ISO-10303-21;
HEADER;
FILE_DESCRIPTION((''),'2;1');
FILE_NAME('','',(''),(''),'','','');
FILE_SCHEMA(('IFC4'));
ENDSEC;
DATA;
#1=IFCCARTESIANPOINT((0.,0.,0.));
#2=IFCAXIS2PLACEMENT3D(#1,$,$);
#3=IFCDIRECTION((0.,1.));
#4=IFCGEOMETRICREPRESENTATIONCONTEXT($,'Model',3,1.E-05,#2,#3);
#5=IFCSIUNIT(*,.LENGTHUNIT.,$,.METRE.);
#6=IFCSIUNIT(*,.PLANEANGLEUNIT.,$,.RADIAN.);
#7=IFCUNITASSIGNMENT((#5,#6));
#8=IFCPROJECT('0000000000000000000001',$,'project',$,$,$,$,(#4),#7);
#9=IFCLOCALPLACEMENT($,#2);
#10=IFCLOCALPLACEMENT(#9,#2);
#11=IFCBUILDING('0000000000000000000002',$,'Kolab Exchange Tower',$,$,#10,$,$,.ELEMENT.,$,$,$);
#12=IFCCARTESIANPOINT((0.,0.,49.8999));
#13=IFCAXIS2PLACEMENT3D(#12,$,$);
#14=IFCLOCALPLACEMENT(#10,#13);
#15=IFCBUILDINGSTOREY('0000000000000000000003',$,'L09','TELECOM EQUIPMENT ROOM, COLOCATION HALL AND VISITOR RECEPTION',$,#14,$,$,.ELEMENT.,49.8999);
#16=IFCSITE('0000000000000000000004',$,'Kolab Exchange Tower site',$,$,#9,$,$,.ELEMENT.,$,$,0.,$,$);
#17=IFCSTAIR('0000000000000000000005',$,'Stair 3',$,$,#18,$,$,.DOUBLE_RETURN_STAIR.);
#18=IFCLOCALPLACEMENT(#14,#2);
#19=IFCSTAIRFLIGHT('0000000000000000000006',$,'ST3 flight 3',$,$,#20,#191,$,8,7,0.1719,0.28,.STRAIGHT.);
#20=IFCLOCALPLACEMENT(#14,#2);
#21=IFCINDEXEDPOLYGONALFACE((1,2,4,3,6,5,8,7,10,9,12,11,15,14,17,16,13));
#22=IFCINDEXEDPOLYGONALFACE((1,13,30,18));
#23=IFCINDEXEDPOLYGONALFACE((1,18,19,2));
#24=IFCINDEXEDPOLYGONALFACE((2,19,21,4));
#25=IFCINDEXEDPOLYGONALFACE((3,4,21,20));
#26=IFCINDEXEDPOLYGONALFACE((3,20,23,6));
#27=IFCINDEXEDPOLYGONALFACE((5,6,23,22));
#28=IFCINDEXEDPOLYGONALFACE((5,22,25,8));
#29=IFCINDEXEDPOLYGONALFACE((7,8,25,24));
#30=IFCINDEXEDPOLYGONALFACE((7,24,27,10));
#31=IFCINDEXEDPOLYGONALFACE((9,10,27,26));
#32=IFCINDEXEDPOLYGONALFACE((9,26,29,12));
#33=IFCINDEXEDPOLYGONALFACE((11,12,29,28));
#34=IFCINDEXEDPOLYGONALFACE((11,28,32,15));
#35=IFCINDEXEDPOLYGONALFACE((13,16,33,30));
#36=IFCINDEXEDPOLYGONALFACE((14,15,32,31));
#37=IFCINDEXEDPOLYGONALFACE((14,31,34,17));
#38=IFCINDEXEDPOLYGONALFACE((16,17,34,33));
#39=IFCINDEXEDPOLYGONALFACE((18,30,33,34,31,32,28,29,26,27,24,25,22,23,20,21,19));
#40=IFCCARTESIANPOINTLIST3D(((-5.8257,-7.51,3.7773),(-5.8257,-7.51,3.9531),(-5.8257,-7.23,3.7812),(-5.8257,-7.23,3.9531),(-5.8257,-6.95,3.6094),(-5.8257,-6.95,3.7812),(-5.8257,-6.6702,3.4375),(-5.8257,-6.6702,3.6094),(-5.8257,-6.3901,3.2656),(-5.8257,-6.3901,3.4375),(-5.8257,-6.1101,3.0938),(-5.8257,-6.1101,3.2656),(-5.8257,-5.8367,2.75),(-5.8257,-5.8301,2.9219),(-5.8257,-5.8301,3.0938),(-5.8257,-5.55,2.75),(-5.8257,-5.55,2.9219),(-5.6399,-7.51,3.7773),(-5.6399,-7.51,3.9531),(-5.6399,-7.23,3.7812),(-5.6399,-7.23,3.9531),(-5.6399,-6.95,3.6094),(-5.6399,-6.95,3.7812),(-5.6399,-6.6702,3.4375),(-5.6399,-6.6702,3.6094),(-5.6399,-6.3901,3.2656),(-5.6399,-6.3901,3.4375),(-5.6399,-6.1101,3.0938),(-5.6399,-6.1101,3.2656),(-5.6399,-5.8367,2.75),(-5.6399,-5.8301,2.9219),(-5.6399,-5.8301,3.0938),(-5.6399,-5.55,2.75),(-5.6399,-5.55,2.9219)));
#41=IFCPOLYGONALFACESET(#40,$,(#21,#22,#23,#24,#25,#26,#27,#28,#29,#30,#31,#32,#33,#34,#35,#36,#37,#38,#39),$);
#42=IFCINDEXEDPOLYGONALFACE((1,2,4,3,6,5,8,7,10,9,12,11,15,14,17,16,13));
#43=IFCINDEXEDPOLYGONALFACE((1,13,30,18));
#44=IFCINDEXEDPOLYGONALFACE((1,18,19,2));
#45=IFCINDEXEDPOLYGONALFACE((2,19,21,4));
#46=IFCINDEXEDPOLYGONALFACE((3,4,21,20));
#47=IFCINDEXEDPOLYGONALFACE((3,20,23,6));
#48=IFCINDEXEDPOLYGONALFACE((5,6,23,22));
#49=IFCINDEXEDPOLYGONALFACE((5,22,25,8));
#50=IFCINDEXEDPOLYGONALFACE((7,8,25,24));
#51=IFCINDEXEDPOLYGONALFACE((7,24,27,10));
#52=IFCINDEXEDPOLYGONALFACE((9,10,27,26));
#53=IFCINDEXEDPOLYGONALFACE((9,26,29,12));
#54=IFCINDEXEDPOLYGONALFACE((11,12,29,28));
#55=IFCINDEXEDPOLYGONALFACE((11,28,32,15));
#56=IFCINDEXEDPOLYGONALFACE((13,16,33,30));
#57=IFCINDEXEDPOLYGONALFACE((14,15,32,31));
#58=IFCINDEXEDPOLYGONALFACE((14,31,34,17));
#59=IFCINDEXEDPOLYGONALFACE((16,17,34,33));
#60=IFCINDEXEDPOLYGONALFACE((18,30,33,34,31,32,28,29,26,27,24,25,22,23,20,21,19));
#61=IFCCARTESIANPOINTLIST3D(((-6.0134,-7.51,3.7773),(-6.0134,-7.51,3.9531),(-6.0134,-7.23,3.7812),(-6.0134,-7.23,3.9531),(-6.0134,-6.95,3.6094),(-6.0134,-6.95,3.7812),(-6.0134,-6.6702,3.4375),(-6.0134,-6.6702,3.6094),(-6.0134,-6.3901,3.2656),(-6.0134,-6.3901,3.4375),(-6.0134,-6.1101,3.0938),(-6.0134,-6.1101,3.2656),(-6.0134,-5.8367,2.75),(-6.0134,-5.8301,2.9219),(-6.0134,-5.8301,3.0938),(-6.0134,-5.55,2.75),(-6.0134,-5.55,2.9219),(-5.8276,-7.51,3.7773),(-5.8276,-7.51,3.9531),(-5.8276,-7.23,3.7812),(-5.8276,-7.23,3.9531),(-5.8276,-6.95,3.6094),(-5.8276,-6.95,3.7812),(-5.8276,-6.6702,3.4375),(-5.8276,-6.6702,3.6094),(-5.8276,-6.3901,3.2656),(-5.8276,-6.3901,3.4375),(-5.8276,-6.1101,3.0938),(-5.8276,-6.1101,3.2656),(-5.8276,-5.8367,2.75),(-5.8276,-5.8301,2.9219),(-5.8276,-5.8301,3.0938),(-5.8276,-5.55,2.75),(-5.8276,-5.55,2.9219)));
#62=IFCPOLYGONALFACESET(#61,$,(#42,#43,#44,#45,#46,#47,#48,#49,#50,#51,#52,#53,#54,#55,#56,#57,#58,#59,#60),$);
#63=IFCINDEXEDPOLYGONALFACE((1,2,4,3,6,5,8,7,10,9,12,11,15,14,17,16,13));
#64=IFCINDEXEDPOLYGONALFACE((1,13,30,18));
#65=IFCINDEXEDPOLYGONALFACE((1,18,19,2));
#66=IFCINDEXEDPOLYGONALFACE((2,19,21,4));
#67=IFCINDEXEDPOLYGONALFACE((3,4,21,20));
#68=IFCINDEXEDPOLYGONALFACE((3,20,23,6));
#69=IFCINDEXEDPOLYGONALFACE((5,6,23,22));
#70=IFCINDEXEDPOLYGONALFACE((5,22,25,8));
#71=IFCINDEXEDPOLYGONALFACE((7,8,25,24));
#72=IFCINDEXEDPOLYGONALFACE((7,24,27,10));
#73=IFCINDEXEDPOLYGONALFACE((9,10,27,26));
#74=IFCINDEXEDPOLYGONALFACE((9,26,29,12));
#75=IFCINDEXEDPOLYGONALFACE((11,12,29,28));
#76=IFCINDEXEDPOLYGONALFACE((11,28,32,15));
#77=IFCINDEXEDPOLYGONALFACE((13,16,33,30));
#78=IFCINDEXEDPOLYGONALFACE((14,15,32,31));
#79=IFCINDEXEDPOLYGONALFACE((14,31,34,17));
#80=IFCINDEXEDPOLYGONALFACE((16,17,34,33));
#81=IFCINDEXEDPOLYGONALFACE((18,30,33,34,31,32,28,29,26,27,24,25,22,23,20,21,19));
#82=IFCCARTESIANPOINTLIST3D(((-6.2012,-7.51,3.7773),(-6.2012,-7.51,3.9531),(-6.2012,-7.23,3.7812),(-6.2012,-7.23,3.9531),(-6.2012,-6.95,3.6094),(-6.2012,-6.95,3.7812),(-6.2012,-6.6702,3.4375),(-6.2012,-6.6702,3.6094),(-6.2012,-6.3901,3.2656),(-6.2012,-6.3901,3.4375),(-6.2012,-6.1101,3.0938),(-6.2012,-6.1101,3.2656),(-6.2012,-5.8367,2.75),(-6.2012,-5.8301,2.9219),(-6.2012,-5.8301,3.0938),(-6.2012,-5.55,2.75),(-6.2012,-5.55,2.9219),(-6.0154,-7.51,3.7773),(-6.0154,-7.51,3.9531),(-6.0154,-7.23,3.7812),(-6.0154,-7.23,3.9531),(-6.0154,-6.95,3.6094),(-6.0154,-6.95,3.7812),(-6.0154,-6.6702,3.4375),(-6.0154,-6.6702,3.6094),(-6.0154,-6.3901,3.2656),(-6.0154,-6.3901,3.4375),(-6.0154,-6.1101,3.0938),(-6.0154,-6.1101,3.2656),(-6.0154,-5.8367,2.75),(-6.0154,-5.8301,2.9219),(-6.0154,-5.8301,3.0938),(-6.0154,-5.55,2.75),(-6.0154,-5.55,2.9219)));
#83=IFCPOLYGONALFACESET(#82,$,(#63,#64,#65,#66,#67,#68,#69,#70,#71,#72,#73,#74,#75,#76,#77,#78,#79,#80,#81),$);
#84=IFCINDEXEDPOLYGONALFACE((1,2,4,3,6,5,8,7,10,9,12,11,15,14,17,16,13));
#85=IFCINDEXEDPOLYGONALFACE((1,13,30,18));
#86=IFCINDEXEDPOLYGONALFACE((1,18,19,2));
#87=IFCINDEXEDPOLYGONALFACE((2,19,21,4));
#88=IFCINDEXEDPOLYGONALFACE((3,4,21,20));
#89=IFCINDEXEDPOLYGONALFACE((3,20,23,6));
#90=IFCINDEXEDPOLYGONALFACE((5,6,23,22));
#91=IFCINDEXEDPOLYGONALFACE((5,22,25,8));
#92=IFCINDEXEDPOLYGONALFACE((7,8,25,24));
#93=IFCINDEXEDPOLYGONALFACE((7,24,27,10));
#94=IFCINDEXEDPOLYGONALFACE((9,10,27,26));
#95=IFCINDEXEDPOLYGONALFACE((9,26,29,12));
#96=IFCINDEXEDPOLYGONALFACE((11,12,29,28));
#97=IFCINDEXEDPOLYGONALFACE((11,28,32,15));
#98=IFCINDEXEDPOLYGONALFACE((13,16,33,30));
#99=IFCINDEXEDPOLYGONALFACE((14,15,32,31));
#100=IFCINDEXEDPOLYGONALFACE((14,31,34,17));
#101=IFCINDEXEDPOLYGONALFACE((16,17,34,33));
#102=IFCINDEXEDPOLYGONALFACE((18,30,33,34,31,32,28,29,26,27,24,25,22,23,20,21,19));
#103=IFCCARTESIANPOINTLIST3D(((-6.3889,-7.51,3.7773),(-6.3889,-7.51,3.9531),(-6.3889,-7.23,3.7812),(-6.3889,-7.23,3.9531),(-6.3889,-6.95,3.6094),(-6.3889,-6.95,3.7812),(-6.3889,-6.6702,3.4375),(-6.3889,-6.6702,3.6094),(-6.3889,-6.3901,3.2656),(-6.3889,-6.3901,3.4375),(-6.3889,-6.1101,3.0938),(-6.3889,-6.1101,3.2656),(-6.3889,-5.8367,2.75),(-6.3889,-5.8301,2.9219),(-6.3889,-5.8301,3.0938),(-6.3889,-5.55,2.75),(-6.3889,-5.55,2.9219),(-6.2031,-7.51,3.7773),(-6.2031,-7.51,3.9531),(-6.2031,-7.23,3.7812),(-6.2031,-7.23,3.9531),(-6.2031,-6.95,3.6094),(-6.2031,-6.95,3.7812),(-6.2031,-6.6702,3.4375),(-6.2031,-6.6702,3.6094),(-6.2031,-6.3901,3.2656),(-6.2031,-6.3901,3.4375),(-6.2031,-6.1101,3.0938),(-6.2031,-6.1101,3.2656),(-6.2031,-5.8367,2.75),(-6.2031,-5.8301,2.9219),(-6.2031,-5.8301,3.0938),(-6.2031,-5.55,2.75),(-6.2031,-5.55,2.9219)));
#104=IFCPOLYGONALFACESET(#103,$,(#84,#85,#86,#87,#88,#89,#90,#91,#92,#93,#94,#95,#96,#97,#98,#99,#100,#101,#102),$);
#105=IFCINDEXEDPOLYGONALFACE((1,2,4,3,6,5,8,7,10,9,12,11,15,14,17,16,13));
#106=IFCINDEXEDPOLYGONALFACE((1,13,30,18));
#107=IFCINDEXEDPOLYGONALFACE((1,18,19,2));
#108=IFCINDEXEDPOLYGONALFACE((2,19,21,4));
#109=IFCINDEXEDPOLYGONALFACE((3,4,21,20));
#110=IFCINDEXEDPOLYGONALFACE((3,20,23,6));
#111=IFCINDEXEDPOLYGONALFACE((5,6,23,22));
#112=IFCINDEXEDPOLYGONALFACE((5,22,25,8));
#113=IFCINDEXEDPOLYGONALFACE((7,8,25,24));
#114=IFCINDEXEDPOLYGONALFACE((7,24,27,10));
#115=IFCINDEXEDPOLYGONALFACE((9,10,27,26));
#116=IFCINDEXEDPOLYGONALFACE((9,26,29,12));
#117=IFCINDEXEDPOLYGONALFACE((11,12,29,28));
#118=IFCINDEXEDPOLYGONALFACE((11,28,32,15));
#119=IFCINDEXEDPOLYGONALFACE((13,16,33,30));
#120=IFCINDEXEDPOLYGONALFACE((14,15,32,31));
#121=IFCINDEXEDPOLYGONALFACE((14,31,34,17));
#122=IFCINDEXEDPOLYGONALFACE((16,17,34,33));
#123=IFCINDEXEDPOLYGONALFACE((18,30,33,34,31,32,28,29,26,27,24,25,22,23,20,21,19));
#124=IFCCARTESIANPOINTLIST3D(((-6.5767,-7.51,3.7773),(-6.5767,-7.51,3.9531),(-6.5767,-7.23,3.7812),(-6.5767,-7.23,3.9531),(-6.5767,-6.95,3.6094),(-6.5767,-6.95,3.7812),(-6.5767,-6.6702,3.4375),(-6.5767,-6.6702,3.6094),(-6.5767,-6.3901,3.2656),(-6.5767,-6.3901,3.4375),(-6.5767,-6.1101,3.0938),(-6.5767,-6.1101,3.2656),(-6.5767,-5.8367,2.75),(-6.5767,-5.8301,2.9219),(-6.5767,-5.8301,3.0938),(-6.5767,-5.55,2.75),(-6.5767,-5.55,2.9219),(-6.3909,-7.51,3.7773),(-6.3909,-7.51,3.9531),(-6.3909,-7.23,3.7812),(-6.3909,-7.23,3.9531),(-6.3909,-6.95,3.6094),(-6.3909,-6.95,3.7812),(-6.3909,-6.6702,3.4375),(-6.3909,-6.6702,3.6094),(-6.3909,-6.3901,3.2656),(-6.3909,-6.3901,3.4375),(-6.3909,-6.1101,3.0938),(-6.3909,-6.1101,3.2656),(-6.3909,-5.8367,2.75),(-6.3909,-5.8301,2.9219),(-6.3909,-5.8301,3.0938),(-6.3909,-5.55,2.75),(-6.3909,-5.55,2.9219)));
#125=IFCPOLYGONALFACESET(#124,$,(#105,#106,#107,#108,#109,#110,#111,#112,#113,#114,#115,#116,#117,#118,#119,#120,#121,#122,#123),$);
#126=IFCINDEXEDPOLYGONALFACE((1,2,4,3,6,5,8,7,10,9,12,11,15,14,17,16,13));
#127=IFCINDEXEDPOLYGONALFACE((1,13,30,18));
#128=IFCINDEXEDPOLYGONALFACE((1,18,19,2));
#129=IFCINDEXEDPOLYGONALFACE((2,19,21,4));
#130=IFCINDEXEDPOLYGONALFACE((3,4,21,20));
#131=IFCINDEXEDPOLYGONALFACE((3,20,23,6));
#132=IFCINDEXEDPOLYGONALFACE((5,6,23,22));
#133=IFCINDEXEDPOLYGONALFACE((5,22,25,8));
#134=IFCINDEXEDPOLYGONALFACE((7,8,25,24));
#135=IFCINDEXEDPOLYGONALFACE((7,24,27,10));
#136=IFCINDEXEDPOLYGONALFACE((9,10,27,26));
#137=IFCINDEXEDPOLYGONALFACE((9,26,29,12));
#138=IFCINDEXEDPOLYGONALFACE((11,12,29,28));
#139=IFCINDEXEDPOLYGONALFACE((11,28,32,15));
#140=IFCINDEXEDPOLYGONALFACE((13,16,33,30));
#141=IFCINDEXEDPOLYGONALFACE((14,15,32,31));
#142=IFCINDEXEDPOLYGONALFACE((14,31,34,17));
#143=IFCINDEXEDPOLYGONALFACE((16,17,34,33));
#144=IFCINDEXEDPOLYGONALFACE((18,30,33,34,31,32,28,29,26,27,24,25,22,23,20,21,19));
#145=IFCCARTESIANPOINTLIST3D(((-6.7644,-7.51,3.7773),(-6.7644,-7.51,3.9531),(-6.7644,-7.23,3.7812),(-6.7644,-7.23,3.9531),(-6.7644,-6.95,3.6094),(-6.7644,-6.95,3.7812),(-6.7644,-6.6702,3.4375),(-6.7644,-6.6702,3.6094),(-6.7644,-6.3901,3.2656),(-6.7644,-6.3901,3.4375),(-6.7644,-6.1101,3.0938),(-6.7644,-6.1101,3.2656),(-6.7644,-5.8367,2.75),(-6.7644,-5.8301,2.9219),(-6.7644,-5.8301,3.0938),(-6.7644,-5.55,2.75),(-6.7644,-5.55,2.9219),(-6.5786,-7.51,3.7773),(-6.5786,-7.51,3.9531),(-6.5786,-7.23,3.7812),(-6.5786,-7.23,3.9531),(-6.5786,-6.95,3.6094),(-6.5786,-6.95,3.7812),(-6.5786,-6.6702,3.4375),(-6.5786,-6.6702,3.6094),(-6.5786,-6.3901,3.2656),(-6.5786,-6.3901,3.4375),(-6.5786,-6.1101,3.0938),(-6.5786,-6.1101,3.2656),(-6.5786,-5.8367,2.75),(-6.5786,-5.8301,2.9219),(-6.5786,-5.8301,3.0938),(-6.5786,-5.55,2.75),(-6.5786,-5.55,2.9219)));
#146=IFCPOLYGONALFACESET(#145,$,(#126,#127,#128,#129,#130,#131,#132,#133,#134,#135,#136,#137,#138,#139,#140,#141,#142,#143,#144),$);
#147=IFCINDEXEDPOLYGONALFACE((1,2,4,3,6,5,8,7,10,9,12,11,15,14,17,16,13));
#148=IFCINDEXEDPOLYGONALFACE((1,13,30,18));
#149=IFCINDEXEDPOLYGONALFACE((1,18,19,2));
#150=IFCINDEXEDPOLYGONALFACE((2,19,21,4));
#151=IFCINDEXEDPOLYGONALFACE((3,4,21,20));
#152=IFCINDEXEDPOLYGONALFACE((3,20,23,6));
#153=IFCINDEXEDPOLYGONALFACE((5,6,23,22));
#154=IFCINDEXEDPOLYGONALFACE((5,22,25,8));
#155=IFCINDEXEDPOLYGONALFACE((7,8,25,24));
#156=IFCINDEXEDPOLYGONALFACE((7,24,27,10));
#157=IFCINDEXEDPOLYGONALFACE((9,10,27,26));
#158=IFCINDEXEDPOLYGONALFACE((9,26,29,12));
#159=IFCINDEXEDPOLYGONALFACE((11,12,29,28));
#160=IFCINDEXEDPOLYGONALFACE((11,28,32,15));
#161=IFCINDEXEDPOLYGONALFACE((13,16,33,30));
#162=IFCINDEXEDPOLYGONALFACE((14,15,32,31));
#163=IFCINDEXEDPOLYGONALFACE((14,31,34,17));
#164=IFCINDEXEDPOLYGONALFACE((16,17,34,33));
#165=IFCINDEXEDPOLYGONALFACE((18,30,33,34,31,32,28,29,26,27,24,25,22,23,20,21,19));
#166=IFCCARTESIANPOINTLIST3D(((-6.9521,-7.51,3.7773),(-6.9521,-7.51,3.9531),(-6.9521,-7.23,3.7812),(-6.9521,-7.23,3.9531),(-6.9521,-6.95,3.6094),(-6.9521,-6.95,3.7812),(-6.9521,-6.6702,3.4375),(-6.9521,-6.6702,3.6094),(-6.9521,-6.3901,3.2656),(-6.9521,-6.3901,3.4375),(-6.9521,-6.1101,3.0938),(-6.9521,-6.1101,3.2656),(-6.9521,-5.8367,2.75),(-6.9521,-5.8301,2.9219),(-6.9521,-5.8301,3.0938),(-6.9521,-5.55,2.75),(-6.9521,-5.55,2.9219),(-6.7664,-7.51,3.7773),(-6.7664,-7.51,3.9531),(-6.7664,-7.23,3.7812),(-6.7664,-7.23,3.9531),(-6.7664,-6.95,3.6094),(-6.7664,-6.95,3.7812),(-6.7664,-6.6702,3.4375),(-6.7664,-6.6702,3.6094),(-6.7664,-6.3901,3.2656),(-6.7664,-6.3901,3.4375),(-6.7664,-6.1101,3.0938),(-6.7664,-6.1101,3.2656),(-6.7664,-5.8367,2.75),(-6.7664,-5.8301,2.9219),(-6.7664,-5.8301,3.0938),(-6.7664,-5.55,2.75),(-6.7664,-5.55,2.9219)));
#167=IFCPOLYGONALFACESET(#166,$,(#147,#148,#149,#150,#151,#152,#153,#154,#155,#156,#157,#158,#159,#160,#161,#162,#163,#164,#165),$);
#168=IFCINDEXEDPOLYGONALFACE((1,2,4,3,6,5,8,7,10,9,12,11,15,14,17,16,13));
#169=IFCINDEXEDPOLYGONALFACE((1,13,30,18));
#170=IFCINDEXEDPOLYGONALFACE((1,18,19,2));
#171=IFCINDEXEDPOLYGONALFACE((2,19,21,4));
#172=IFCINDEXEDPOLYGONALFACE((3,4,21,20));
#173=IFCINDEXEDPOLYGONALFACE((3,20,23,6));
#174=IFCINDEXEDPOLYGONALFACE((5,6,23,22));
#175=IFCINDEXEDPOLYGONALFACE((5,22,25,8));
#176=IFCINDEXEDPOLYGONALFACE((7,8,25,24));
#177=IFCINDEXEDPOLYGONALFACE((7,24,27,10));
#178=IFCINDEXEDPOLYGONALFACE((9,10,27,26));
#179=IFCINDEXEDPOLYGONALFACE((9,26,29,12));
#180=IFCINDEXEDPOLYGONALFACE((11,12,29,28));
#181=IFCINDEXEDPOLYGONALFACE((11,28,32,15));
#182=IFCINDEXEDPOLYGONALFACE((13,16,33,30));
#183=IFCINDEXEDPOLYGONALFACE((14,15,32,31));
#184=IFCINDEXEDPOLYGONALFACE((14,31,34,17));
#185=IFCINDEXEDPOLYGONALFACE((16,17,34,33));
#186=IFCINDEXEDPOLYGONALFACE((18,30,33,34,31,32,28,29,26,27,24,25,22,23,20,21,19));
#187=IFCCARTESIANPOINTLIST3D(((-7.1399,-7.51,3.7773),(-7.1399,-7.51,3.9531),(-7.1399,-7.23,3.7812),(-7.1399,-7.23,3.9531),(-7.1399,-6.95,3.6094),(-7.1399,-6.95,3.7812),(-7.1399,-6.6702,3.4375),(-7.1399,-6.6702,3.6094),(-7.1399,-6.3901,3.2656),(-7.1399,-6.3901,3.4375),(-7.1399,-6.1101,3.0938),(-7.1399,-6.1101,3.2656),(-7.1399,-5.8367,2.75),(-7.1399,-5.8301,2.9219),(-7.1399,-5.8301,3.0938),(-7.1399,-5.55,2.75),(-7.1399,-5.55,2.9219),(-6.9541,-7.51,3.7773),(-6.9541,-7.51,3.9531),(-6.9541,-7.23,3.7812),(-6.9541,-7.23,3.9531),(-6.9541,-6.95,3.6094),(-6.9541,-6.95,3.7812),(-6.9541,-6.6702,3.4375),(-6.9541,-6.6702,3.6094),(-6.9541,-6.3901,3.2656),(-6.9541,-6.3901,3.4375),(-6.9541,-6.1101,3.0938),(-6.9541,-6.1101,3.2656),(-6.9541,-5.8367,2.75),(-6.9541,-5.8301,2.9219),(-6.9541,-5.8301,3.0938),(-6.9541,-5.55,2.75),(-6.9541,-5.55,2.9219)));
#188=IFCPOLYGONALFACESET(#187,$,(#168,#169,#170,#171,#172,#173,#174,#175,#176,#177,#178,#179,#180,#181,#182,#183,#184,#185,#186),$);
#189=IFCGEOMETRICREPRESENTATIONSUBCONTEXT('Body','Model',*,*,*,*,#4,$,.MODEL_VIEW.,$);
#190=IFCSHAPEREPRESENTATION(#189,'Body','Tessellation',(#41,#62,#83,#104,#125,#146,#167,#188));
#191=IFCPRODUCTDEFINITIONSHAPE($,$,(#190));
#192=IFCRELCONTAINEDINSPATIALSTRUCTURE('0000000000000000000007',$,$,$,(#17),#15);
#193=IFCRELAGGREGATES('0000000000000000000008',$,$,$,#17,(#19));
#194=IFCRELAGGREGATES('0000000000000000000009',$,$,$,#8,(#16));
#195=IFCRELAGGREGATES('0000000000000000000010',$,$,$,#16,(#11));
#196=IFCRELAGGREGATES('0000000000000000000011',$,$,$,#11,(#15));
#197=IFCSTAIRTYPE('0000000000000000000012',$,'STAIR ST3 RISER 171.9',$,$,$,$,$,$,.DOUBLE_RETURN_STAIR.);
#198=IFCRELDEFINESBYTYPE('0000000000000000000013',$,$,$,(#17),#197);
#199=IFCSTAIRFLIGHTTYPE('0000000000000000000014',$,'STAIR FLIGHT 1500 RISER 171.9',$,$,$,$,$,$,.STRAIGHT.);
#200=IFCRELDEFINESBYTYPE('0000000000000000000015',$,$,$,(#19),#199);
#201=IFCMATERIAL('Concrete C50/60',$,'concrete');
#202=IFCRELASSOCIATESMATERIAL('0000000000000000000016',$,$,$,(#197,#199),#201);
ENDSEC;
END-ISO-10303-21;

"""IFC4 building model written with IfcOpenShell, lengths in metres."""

from ifc_helpers import new_model, si_unit, direction, frame, origin, place, context, subcontext, project, spatial, polyline, outline, extrude, material, type_object, element, aggregate, save


model = new_model("IFC4")

# Units and contexts
model_context = context("Model", 3, precision=1e-05, world=origin(), true_north=direction((0.0, 1.0)))
body_context = subcontext(model_context, "Body", "Model", "MODEL_VIEW")
ifc_project = project(units=[si_unit("LENGTHUNIT", "METRE"), si_unit("PLANEANGLEUNIT", "RADIAN")], contexts=[model_context])

# Site, building, storey
site_placement = place(None, origin())
site = spatial("IfcSite", under=ifc_project, at=site_placement, Name="Kolab Exchange Tower site", CompositionType="ELEMENT", RefElevation=0.0)
building_placement = place(site_placement, origin())
building = spatial("IfcBuilding", under=site, at=building_placement, Name="Kolab Exchange Tower", CompositionType="ELEMENT")
storey_placement = place(building_placement, frame((0.0, 0.0, 49.8999)))
storey = spatial("IfcBuildingStorey", under=building, at=storey_placement, Name="L09", Description="TELECOM EQUIPMENT ROOM, COLOCATION HALL AND VISITOR RECEPTION", CompositionType="ELEMENT", Elevation=49.8999)

# Shared definitions
ifc_material_1 = material(Name="Concrete C50/60", Category="concrete")

# Stair, stair flight
stair_type = type_object("IfcStairType", Name="STAIR ST3 RISER 171.9", PredefinedType="DOUBLE_RETURN_STAIR", material=ifc_material_1)
stair_placement = place(storey_placement, origin())
stair = element("IfcStair", 1, at=stair_placement, inside=storey, type_object=stair_type, Name="Stair 3", PredefinedType="DOUBLE_RETURN_STAIR")
stair_flight_type = type_object("IfcStairFlightType", Name="STAIR FLIGHT 1500 RISER 171.9", PredefinedType="STRAIGHT", material=ifc_material_1)
stair_flight_1_placement = place(storey_placement, frame((-6.3899, -5.55, 2.75), z_axis=(0.0, 0.0, 1.0), x_axis=(0.0, -1.0, 0.0)))
stair_flight_1 = element("IfcStairFlight", 2, at=stair_flight_1_placement, type_object=stair_flight_type, Name="ST3 flight 3", NumberOfRisers=8, NumberOfTreads=7, PredefinedType="STRAIGHT", RiserHeight=0.1719, TreadLength=0.28, context=body_context, shape_type="SweptSolid", body=[
    extrude(outline(polyline([(0.0, 0.0), (0.0, 0.1719), (0.28, 0.1719), (0.28, 0.3438), (0.5601, 0.3438), (0.5601, 0.5156), (0.8401, 0.5156), (0.8401, 0.6875), (1.1201, 0.6875), (1.1201, 0.8594), (1.3999, 0.8594), (1.3999, 1.0312), (1.6799, 1.0312), (1.6799, 1.2031), (1.96, 1.2031), (1.96, 1.375), (1.96, 1.0273), (0.2866, 0.0), (0.0, 0.0)])), frame((0.0, 0.75, 0.0), z_axis=(0.0, -1.0, 0.0), x_axis=(1.0, 0.0, 0.0)), (0.0, 0.0, 1.0), 0.1858),
    extrude(outline(polyline([(0.0, 0.0), (0.0, 0.1719), (0.28, 0.1719), (0.28, 0.3438), (0.5601, 0.3438), (0.5601, 0.5156), (0.8401, 0.5156), (0.8401, 0.6875), (1.1201, 0.6875), (1.1201, 0.8594), (1.3999, 0.8594), (1.3999, 1.0312), (1.6799, 1.0312), (1.6799, 1.2031), (1.96, 1.2031), (1.96, 1.375), (1.96, 1.0273), (0.2866, 0.0), (0.0, 0.0)])), frame((0.0, 0.5623, 0.0), z_axis=(0.0, -1.0, 0.0), x_axis=(1.0, 0.0, 0.0)), (0.0, 0.0, 1.0), 0.1858),
    extrude(outline(polyline([(0.0, 0.0), (0.0, 0.1719), (0.28, 0.1719), (0.28, 0.3438), (0.5601, 0.3438), (0.5601, 0.5156), (0.8401, 0.5156), (0.8401, 0.6875), (1.1201, 0.6875), (1.1201, 0.8594), (1.3999, 0.8594), (1.3999, 1.0312), (1.6799, 1.0312), (1.6799, 1.2031), (1.96, 1.2031), (1.96, 1.375), (1.96, 1.0273), (0.2866, 0.0), (0.0, 0.0)])), frame((0.0, 0.3745, 0.0), z_axis=(0.0, -1.0, 0.0), x_axis=(1.0, 0.0, 0.0)), (0.0, 0.0, 1.0), 0.1858),
    extrude(outline(polyline([(0.0, 0.0), (0.0, 0.1719), (0.28, 0.1719), (0.28, 0.3438), (0.5601, 0.3438), (0.5601, 0.5156), (0.8401, 0.5156), (0.8401, 0.6875), (1.1201, 0.6875), (1.1201, 0.8594), (1.3999, 0.8594), (1.3999, 1.0312), (1.6799, 1.0312), (1.6799, 1.2031), (1.96, 1.2031), (1.96, 1.375), (1.96, 1.0273), (0.2866, 0.0), (0.0, 0.0)])), frame((0.0, 0.1868, 0.0), z_axis=(0.0, -1.0, 0.0), x_axis=(1.0, 0.0, 0.0)), (0.0, 0.0, 1.0), 0.1858),
    extrude(outline(polyline([(0.0, 0.0), (0.0, 0.1719), (0.28, 0.1719), (0.28, 0.3438), (0.5601, 0.3438), (0.5601, 0.5156), (0.8401, 0.5156), (0.8401, 0.6875), (1.1201, 0.6875), (1.1201, 0.8594), (1.3999, 0.8594), (1.3999, 1.0312), (1.6799, 1.0312), (1.6799, 1.2031), (1.96, 1.2031), (1.96, 1.375), (1.96, 1.0273), (0.2866, 0.0), (0.0, 0.0)])), frame((0.0, -0.001, 0.0), z_axis=(0.0, -1.0, 0.0), x_axis=(1.0, 0.0, 0.0)), (0.0, 0.0, 1.0), 0.1858),
    extrude(outline(polyline([(0.0, 0.0), (0.0, 0.1719), (0.28, 0.1719), (0.28, 0.3438), (0.5601, 0.3438), (0.5601, 0.5156), (0.8401, 0.5156), (0.8401, 0.6875), (1.1201, 0.6875), (1.1201, 0.8594), (1.3999, 0.8594), (1.3999, 1.0312), (1.6799, 1.0312), (1.6799, 1.2031), (1.96, 1.2031), (1.96, 1.375), (1.96, 1.0273), (0.2866, 0.0), (0.0, 0.0)])), frame((0.0, -0.1887, 0.0), z_axis=(0.0, -1.0, 0.0), x_axis=(1.0, 0.0, 0.0)), (0.0, 0.0, 1.0), 0.1858),
    extrude(outline(polyline([(0.0, 0.0), (0.0, 0.1719), (0.28, 0.1719), (0.28, 0.3438), (0.5601, 0.3438), (0.5601, 0.5156), (0.8401, 0.5156), (0.8401, 0.6875), (1.1201, 0.6875), (1.1201, 0.8594), (1.3999, 0.8594), (1.3999, 1.0312), (1.6799, 1.0312), (1.6799, 1.2031), (1.96, 1.2031), (1.96, 1.375), (1.96, 1.0273), (0.2866, 0.0), (0.0, 0.0)])), frame((0.0, -0.3765, 0.0), z_axis=(0.0, -1.0, 0.0), x_axis=(1.0, 0.0, 0.0)), (0.0, 0.0, 1.0), 0.1858),
    extrude(outline(polyline([(0.0, 0.0), (0.0, 0.1719), (0.28, 0.1719), (0.28, 0.3438), (0.5601, 0.3438), (0.5601, 0.5156), (0.8401, 0.5156), (0.8401, 0.6875), (1.1201, 0.6875), (1.1201, 0.8594), (1.3999, 0.8594), (1.3999, 1.0312), (1.6799, 1.0312), (1.6799, 1.2031), (1.96, 1.2031), (1.96, 1.375), (1.96, 1.0273), (0.2866, 0.0), (0.0, 0.0)])), frame((0.0, -0.5642, 0.0), z_axis=(0.0, -1.0, 0.0), x_axis=(1.0, 0.0, 0.0)), (0.0, 0.0, 1.0), 0.1858),
])
aggregate(stair, [stair_flight_1])

save(model, "model.ifc")
